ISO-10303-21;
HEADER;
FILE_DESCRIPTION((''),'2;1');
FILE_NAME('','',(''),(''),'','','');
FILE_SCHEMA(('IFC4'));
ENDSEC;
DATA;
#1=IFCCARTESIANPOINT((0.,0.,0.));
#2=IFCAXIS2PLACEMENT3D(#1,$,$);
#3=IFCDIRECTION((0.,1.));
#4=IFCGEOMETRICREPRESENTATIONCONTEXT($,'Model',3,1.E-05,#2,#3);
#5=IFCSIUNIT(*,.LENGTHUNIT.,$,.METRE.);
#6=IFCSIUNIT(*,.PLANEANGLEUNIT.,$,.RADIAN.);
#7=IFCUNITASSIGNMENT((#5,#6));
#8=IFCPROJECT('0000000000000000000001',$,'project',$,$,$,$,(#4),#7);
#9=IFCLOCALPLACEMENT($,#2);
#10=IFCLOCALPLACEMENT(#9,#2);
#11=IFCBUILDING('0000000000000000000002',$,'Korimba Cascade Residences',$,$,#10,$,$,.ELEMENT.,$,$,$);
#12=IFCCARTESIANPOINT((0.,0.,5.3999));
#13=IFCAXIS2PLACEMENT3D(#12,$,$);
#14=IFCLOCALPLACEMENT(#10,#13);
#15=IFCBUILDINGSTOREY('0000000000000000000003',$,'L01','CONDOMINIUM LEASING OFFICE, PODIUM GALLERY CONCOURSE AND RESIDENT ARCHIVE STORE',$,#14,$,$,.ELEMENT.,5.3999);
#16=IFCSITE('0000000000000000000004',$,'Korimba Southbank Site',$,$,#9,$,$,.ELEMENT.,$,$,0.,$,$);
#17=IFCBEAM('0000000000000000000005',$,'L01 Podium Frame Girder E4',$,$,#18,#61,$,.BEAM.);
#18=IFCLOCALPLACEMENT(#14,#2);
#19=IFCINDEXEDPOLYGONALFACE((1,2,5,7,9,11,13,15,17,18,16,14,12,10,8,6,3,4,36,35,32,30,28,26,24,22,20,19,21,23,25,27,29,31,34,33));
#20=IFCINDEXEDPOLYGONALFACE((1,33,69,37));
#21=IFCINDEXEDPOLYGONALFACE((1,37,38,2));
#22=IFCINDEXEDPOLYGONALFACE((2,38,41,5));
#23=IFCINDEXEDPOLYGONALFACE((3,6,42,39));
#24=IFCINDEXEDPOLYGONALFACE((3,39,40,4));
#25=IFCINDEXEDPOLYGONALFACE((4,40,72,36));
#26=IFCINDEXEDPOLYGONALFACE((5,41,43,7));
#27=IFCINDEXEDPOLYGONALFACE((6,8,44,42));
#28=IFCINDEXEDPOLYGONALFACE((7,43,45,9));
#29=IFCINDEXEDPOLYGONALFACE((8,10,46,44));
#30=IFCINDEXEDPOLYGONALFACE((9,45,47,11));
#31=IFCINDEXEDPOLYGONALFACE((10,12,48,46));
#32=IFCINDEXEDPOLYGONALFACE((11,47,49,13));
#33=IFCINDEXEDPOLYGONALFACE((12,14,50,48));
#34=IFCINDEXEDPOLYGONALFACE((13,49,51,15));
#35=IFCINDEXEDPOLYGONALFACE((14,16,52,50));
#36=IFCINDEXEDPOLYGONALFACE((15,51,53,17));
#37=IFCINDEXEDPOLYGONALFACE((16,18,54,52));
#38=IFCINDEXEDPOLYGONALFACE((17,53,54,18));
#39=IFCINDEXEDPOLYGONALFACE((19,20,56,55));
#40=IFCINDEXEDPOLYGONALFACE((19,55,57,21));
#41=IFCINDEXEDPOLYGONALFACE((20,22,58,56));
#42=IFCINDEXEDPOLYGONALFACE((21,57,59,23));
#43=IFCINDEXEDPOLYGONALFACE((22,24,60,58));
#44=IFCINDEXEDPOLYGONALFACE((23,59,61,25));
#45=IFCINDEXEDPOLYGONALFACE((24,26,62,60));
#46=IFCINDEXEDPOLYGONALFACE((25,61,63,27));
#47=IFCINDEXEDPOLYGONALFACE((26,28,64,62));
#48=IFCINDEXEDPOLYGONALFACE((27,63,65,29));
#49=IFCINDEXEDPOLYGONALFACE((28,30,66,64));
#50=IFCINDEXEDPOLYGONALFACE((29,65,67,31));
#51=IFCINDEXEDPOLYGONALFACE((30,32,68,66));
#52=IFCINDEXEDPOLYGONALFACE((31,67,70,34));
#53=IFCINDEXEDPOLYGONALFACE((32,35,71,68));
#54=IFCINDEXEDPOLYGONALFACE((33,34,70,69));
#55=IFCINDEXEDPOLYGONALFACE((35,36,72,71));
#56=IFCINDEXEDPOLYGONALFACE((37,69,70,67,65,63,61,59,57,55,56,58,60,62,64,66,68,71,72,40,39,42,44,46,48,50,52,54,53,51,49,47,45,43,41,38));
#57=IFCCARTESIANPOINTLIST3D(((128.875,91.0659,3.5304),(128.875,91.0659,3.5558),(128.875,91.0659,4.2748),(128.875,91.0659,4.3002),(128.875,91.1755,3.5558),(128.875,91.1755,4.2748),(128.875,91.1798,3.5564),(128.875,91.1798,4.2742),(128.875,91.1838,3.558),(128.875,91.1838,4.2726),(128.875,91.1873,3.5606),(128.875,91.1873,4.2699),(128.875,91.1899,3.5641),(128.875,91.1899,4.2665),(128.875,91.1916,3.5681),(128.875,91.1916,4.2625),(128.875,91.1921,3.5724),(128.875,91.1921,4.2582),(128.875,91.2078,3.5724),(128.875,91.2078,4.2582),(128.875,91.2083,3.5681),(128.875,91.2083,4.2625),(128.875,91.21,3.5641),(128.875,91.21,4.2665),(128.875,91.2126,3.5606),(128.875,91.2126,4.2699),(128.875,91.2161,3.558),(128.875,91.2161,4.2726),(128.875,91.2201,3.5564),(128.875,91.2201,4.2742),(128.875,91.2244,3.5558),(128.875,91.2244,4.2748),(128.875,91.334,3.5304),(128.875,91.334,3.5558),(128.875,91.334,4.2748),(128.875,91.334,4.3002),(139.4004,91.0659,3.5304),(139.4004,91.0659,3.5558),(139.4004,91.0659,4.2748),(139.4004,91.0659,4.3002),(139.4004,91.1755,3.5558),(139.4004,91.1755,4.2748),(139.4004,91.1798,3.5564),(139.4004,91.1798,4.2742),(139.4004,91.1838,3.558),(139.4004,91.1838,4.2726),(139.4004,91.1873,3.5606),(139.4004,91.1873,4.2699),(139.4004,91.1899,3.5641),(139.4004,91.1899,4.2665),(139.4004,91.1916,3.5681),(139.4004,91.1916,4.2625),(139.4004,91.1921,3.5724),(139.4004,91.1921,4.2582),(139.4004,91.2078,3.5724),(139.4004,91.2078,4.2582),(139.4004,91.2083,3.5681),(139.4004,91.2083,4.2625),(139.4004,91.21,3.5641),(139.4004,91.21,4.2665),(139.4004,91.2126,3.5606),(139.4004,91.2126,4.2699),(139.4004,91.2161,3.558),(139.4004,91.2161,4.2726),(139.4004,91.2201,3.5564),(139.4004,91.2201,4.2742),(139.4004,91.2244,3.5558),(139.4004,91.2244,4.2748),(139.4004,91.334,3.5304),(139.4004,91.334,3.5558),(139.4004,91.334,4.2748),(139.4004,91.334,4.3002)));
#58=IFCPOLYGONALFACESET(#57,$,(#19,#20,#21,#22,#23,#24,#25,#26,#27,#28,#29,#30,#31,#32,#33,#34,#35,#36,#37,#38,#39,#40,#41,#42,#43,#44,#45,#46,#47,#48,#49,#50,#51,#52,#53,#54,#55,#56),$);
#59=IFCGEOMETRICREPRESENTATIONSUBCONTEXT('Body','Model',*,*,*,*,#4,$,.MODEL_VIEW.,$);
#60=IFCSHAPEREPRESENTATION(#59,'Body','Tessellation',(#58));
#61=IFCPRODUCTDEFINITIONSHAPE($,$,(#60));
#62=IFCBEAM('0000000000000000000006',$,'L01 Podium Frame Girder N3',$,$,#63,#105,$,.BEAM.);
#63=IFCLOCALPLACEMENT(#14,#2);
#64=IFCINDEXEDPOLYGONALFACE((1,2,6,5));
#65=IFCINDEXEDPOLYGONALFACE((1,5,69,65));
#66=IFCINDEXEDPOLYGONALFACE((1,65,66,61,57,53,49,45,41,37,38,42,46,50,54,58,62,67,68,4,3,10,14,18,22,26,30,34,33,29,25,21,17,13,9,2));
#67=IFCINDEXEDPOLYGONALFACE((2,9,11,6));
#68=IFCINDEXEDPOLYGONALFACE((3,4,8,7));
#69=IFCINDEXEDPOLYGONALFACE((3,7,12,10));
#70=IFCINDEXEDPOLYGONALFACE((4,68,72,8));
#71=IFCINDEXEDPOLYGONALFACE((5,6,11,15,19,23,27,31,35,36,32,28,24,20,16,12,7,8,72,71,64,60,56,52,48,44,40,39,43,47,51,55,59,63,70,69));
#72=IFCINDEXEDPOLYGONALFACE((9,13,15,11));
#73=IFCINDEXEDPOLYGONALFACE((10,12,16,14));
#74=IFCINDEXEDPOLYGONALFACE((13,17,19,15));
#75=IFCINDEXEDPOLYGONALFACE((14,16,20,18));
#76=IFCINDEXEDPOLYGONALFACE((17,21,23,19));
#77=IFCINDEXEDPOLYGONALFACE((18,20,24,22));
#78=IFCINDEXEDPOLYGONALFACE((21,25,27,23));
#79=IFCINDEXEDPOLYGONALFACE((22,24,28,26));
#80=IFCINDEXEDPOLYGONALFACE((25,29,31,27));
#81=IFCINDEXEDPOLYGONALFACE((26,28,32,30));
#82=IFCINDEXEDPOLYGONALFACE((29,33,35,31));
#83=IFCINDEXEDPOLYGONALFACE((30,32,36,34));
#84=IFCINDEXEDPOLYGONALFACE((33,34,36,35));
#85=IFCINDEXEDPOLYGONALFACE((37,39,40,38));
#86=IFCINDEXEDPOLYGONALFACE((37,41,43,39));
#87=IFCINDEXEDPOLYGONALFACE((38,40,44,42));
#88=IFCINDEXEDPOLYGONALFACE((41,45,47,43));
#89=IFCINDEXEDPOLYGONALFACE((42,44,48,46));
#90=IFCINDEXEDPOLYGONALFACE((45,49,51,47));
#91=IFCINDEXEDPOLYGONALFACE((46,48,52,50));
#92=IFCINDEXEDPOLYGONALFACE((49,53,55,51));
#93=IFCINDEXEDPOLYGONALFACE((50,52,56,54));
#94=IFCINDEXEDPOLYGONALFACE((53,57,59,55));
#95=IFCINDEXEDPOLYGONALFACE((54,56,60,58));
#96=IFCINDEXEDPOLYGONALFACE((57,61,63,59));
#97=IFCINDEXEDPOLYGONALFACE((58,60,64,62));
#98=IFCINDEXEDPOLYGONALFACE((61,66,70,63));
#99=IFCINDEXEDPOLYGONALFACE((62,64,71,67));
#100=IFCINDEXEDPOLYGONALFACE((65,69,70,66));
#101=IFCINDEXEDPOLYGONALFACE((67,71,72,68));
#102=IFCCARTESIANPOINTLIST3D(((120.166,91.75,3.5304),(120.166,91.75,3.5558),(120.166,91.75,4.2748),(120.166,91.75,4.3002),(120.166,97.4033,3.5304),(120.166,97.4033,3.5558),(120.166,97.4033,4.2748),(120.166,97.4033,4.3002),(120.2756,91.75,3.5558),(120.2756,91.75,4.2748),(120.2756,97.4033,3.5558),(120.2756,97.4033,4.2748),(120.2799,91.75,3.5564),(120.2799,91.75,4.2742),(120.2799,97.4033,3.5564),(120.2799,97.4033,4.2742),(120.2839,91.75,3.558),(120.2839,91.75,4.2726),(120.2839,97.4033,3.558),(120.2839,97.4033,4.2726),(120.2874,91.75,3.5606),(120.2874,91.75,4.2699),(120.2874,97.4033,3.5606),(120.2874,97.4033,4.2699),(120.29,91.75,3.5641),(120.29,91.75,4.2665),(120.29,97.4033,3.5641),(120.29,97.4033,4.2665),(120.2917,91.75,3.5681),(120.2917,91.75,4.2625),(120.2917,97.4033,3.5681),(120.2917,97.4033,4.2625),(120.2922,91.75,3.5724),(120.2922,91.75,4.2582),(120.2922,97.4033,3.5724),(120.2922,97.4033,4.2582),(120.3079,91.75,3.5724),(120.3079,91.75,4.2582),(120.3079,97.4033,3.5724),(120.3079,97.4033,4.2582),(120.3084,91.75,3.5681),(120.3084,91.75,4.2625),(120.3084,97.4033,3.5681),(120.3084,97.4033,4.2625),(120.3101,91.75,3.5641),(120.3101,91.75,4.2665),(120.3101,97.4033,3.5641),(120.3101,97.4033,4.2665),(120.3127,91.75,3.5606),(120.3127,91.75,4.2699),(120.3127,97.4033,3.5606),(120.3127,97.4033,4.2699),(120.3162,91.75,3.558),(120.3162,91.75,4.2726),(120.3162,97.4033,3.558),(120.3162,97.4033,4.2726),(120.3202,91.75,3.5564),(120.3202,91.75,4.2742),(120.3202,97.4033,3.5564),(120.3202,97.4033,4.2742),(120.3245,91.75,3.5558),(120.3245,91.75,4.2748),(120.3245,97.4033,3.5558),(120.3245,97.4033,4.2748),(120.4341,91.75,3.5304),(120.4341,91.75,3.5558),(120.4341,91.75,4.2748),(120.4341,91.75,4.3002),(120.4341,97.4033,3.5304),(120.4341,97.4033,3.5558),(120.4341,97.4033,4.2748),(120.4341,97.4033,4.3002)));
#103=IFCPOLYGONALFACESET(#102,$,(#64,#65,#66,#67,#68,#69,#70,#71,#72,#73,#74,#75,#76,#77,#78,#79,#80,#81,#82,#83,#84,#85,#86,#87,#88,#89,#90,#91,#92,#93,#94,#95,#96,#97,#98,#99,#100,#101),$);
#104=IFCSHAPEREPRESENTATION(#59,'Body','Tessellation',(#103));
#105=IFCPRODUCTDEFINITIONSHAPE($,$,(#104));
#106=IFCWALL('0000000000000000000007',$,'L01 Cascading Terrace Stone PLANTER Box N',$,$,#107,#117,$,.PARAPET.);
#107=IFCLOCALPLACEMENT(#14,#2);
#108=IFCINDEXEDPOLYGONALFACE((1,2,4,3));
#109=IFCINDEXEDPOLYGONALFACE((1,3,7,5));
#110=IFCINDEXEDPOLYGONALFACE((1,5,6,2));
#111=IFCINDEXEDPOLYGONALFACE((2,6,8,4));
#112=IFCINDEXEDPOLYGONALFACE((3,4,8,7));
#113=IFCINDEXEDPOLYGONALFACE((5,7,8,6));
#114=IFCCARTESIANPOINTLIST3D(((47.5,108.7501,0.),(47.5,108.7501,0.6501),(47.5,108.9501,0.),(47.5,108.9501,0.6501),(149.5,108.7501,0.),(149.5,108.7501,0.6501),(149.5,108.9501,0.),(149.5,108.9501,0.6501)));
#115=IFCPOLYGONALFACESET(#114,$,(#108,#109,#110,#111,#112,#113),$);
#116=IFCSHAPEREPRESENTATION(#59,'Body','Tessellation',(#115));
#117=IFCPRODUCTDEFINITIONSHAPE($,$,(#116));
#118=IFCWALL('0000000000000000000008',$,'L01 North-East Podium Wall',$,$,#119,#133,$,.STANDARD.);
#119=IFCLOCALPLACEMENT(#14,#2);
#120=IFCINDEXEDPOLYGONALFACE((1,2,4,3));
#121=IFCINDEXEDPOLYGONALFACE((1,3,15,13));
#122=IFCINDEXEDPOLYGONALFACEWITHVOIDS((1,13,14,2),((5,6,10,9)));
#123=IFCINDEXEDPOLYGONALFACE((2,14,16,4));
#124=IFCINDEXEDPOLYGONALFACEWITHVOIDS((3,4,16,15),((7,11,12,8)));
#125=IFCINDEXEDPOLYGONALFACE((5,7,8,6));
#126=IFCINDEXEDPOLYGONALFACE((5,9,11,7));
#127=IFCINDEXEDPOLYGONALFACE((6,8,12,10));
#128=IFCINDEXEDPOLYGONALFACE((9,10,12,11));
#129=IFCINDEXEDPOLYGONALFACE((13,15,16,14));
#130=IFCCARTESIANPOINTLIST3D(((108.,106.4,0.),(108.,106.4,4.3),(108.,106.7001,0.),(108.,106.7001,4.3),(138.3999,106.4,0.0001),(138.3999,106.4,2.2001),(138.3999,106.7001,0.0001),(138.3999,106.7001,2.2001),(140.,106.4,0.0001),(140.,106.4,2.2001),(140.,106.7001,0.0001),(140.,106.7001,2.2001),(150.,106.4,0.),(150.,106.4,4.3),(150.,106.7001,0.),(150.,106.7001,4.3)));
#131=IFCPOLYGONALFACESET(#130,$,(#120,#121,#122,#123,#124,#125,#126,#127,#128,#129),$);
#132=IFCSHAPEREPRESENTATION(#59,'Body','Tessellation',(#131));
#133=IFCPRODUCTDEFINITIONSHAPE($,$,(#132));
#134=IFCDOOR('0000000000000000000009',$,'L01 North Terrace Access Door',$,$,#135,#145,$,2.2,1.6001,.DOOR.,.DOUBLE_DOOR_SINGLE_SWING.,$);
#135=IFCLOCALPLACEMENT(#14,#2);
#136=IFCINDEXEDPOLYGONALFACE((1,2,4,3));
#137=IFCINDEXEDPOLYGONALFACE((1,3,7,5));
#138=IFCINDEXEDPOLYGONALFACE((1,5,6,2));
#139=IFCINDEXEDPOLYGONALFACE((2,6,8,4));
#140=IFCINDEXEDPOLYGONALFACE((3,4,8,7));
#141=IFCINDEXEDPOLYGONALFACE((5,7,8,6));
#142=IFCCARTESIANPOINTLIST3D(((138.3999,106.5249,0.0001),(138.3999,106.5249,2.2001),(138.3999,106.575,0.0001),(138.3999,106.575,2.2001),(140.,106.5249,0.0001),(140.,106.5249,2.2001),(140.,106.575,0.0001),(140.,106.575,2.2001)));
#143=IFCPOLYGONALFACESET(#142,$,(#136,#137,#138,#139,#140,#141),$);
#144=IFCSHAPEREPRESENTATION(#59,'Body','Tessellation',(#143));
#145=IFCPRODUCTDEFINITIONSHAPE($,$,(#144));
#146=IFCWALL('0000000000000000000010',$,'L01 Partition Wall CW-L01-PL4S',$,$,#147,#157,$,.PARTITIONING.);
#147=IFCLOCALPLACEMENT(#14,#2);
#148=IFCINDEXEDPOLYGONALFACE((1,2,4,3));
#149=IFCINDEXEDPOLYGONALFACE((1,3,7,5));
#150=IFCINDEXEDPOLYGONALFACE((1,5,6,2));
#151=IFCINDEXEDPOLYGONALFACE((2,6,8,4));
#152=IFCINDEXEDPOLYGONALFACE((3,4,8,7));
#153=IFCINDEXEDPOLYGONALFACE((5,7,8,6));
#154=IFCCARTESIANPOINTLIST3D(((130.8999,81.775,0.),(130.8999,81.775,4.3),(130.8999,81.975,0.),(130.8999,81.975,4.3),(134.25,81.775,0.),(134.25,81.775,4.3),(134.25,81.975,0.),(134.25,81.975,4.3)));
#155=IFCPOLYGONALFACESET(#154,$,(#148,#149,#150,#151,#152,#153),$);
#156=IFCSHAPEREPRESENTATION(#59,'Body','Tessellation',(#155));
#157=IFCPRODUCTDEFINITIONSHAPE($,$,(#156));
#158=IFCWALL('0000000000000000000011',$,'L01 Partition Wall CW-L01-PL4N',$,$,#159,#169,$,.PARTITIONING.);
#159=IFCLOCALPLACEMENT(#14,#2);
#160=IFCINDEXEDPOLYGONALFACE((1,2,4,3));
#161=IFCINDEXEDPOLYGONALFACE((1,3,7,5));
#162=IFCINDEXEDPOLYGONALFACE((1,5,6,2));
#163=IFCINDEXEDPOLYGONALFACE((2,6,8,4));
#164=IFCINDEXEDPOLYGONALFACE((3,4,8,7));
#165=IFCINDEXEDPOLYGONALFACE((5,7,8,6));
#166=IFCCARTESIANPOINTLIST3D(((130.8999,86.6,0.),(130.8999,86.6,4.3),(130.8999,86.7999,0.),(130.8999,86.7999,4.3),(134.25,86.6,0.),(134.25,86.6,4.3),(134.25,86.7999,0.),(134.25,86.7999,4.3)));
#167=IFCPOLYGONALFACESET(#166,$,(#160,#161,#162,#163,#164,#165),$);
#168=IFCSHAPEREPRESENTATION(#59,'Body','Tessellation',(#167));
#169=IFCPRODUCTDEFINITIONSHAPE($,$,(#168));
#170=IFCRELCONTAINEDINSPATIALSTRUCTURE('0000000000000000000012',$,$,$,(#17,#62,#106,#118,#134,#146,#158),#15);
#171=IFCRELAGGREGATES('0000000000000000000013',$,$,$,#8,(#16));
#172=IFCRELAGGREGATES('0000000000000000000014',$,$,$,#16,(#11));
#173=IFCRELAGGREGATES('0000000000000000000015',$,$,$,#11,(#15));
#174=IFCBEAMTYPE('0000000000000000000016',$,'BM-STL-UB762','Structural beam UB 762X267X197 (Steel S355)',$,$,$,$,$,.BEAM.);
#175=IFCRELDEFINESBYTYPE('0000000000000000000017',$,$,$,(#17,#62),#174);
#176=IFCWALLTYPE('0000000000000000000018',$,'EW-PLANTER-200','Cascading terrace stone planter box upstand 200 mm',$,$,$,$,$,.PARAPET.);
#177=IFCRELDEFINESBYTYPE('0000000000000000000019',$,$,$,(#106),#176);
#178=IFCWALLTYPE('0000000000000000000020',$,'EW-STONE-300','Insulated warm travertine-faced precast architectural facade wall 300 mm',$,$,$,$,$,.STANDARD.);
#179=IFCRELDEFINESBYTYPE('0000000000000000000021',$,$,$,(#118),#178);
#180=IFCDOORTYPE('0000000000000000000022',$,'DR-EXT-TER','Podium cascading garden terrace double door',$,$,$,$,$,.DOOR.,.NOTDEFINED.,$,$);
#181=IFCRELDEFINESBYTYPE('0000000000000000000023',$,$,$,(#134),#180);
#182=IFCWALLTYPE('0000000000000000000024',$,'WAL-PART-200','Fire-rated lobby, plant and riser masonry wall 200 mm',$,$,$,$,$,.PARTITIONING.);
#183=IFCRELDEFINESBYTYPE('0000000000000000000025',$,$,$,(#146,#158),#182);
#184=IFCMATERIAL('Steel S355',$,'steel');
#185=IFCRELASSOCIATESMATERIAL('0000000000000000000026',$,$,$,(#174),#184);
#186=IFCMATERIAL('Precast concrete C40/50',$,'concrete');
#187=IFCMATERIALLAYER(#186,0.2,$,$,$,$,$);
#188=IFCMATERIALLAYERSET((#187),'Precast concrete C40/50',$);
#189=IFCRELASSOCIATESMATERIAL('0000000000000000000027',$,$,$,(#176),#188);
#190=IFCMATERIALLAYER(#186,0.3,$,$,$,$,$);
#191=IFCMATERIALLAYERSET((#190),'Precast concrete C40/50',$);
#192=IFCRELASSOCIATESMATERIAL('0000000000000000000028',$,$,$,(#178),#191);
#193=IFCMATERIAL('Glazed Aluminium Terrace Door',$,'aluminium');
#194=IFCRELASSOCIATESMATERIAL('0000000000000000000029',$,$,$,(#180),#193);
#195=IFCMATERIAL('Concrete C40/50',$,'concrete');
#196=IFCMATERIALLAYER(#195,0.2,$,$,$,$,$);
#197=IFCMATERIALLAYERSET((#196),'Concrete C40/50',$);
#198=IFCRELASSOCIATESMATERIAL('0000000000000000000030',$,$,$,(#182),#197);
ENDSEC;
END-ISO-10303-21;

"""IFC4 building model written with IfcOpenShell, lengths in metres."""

from ifc_helpers import new_model, si_unit, direction, frame, frame_2d, origin, origin_2d, place, context, subcontext, project, spatial, rectangle, i_section, extrude, material, layer, layer_set, material_profile, profile_set, type_object, element, fill, save


model = new_model("IFC4")

# Units and contexts
model_context = context("Model", 3, precision=1e-05, world=origin(), true_north=direction((0.0, 1.0)))
body_context = subcontext(model_context, "Body", "Model", "MODEL_VIEW")
ifc_project = project(units=[si_unit("LENGTHUNIT", "METRE"), si_unit("PLANEANGLEUNIT", "RADIAN")], contexts=[model_context])

# Site, building, storey
site_placement = place(None, origin())
site = spatial("IfcSite", under=ifc_project, at=site_placement, Name="Korimba Southbank Site", CompositionType="ELEMENT", RefElevation=0.0)
building_placement = place(site_placement, origin())
building = spatial("IfcBuilding", under=site, at=building_placement, Name="Korimba Cascade Residences", CompositionType="ELEMENT")
storey_placement = place(building_placement, frame((0.0, 0.0, 5.3999)))
storey = spatial("IfcBuildingStorey", under=building, at=storey_placement, Name="L01", Description="CONDOMINIUM LEASING OFFICE, PODIUM GALLERY CONCOURSE AND RESIDENT ARCHIVE STORE", CompositionType="ELEMENT", Elevation=5.3999)

# Shared definitions
ifc_material_1 = material(Name="Steel S355", Category="steel")

# Beams
ifc_material_profile_1 = material_profile(ifc_material_1, i_section(OverallWidth=0.2681, OverallDepth=0.7698, WebThickness=0.0156, FlangeThickness=0.0254, FilletRadius=0.0166, at=origin_2d()), Name="Steel S355")
ifc_profile_set_1 = profile_set([ifc_material_profile_1], Name="Steel S355")
beam_type_1 = type_object("IfcBeamType", Name="BM-STL-UB762", Description="Structural beam UB 762X267X197 (Steel S355)", PredefinedType="BEAM", material=ifc_profile_set_1)
beam_1_placement = place(storey_placement, frame((128.875, 91.2, 3.9153), z_axis=(1.0, 0.0, 0.0), x_axis=(0.0, 1.0, 0.0)))
element("IfcBeam", 1, at=beam_1_placement, inside=storey, type_object=beam_type_1, Name="L01 Podium Frame Girder E4", PredefinedType="BEAM", context=body_context, shape_type="SweptSolid", body=[
    extrude(i_section(OverallWidth=0.2681, OverallDepth=0.7698, WebThickness=0.0156, FlangeThickness=0.0254, FilletRadius=0.0166, at=origin_2d()), origin(), (0.0, 0.0, 1.0), 10.5254),
])
beam_2_placement = place(storey_placement, frame((120.3, 91.75, 3.9153), z_axis=(0.0, 1.0, 0.0), x_axis=(-1.0, 0.0, 0.0)))
element("IfcBeam", 2, at=beam_2_placement, inside=storey, type_object=beam_type_1, Name="L01 Podium Frame Girder N3", PredefinedType="BEAM", context=body_context, shape_type="SweptSolid", body=[
    extrude(i_section(OverallWidth=0.2681, OverallDepth=0.7698, WebThickness=0.0156, FlangeThickness=0.0254, FilletRadius=0.0166, at=origin_2d()), origin(), (0.0, 0.0, 1.0), 5.6533),
])

# Wall
ifc_material_2 = material(Name="Precast concrete C40/50", Category="concrete")
ifc_layer_1 = layer(ifc_material_2, 0.2)
ifc_layer_set_1 = layer_set([ifc_layer_1], Name="Precast concrete C40/50")
wall_type_1 = type_object("IfcWallType", Name="EW-PLANTER-200", Description="Cascading terrace stone planter box upstand 200 mm", PredefinedType="PARAPET", material=ifc_layer_set_1)
wall_1_placement = place(storey_placement, frame((149.5, 108.8501, 0.0), z_axis=(0.0, 0.0, 1.0), x_axis=(-1.0, 0.0, 0.0)))
element("IfcWall", 3, at=wall_1_placement, inside=storey, type_object=wall_type_1, Name="L01 Cascading Terrace Stone PLANTER Box N", PredefinedType="PARAPET", context=body_context, shape_type="SweptSolid", body=[
    extrude(rectangle(XDim=102.0, YDim=0.2, at=frame_2d((51.0, 0.0))), origin(), (0.0, 0.0, 1.0), 0.6501),
])

# Wall, opening, door
ifc_layer_2 = layer(ifc_material_2, 0.3)
ifc_layer_set_2 = layer_set([ifc_layer_2], Name="Precast concrete C40/50")
wall_type_2 = type_object("IfcWallType", Name="EW-STONE-300", Description="Insulated warm travertine-faced precast architectural facade wall 300 mm", PredefinedType="STANDARD", material=ifc_layer_set_2)
wall_2_placement = place(storey_placement, frame((150.0, 106.55, 0.0), z_axis=(0.0, 0.0, 1.0), x_axis=(-1.0, 0.0, 0.0)))
wall_2 = element("IfcWall", 4, at=wall_2_placement, inside=storey, type_object=wall_type_2, Name="L01 North-East Podium Wall", PredefinedType="STANDARD", context=body_context, shape_type="SweptSolid", body=[
    extrude(rectangle(XDim=42.0, YDim=0.3, at=frame_2d((21.0, 0.0))), origin(), (0.0, 0.0, 1.0), 4.3),
])
opening_1_placement = place(wall_2_placement, frame((10.0, 0.0, 0.0)))
opening_1 = element("IfcOpeningElement", 5, at=opening_1_placement, cuts=wall_2, PredefinedType="OPENING", context=body_context, shape_type="SweptSolid", body=[
    extrude(rectangle(XDim=1.6001, YDim=2.2, at=frame_2d((0.8, 1.1001))), frame((0.0, 0.1602, 0.0), z_axis=(0.0, -1.0, 0.0), x_axis=(1.0, 0.0, 0.0)), (0.0, 0.0, 1.0), 0.3201),
])
ifc_material_3 = material(Name="Glazed Aluminium Terrace Door", Category="aluminium")
door_type_1 = type_object("IfcDoorType", Name="DR-EXT-TER", Description="Podium cascading garden terrace double door", OperationType="NOTDEFINED", PredefinedType="DOOR", material=ifc_material_3)
door_1_placement = place(opening_1_placement, frame((1.6001, 0.0, 0.0), z_axis=(0.0, 0.0, 1.0), x_axis=(-1.0, 0.0, 0.0)))
door_1 = element("IfcDoor", 6, at=door_1_placement, inside=storey, type_object=door_type_1, Name="L01 North Terrace Access Door", OperationType="DOUBLE_DOOR_SINGLE_SWING", OverallHeight=2.2, OverallWidth=1.6001, PredefinedType="DOOR", context=body_context, shape_type="SweptSolid", body=[
    extrude(rectangle(XDim=1.6001, YDim=2.2, at=frame_2d((0.8, 1.1001))), frame((0.0, 0.0249, 0.0), z_axis=(0.0, -1.0, 0.0), x_axis=(1.0, 0.0, 0.0)), (0.0, 0.0, 1.0), 0.05),
])
fill(opening_1, door_1)
ifc_material_4 = material(Name="Concrete C40/50", Category="concrete")
ifc_layer_3 = layer(ifc_material_4, 0.2)
ifc_layer_set_3 = layer_set([ifc_layer_3], Name="Concrete C40/50")
wall_type_3 = type_object("IfcWallType", Name="WAL-PART-200", Description="Fire-rated lobby, plant and riser masonry wall 200 mm", PredefinedType="PARTITIONING", material=ifc_layer_set_3)

# Walls
for number, where, z_axis, x_axis, name in (
    (7, (130.8999, 81.875, 0.0), (0.0, 0.0, 1.0), (1.0, 0.0, 0.0), "L01 Partition Wall CW-L01-PL4S"),
    (8, (130.8999, 86.7, 0.0), (0.0, 0.0, 1.0), (1.0, 0.0, 0.0), "L01 Partition Wall CW-L01-PL4N"),
):
    element("IfcWall", number, at=place(storey_placement, frame(where, z_axis=z_axis, x_axis=x_axis)), inside=storey, type_object=wall_type_3, Name=name, PredefinedType="PARTITIONING", context=body_context, shape_type="SweptSolid", body=[
        extrude(rectangle(XDim=3.3501, YDim=0.2, at=frame_2d((1.675, 0.0))), origin(), (0.0, 0.0, 1.0), 4.3),
    ])

save(model, "model.ifc")
